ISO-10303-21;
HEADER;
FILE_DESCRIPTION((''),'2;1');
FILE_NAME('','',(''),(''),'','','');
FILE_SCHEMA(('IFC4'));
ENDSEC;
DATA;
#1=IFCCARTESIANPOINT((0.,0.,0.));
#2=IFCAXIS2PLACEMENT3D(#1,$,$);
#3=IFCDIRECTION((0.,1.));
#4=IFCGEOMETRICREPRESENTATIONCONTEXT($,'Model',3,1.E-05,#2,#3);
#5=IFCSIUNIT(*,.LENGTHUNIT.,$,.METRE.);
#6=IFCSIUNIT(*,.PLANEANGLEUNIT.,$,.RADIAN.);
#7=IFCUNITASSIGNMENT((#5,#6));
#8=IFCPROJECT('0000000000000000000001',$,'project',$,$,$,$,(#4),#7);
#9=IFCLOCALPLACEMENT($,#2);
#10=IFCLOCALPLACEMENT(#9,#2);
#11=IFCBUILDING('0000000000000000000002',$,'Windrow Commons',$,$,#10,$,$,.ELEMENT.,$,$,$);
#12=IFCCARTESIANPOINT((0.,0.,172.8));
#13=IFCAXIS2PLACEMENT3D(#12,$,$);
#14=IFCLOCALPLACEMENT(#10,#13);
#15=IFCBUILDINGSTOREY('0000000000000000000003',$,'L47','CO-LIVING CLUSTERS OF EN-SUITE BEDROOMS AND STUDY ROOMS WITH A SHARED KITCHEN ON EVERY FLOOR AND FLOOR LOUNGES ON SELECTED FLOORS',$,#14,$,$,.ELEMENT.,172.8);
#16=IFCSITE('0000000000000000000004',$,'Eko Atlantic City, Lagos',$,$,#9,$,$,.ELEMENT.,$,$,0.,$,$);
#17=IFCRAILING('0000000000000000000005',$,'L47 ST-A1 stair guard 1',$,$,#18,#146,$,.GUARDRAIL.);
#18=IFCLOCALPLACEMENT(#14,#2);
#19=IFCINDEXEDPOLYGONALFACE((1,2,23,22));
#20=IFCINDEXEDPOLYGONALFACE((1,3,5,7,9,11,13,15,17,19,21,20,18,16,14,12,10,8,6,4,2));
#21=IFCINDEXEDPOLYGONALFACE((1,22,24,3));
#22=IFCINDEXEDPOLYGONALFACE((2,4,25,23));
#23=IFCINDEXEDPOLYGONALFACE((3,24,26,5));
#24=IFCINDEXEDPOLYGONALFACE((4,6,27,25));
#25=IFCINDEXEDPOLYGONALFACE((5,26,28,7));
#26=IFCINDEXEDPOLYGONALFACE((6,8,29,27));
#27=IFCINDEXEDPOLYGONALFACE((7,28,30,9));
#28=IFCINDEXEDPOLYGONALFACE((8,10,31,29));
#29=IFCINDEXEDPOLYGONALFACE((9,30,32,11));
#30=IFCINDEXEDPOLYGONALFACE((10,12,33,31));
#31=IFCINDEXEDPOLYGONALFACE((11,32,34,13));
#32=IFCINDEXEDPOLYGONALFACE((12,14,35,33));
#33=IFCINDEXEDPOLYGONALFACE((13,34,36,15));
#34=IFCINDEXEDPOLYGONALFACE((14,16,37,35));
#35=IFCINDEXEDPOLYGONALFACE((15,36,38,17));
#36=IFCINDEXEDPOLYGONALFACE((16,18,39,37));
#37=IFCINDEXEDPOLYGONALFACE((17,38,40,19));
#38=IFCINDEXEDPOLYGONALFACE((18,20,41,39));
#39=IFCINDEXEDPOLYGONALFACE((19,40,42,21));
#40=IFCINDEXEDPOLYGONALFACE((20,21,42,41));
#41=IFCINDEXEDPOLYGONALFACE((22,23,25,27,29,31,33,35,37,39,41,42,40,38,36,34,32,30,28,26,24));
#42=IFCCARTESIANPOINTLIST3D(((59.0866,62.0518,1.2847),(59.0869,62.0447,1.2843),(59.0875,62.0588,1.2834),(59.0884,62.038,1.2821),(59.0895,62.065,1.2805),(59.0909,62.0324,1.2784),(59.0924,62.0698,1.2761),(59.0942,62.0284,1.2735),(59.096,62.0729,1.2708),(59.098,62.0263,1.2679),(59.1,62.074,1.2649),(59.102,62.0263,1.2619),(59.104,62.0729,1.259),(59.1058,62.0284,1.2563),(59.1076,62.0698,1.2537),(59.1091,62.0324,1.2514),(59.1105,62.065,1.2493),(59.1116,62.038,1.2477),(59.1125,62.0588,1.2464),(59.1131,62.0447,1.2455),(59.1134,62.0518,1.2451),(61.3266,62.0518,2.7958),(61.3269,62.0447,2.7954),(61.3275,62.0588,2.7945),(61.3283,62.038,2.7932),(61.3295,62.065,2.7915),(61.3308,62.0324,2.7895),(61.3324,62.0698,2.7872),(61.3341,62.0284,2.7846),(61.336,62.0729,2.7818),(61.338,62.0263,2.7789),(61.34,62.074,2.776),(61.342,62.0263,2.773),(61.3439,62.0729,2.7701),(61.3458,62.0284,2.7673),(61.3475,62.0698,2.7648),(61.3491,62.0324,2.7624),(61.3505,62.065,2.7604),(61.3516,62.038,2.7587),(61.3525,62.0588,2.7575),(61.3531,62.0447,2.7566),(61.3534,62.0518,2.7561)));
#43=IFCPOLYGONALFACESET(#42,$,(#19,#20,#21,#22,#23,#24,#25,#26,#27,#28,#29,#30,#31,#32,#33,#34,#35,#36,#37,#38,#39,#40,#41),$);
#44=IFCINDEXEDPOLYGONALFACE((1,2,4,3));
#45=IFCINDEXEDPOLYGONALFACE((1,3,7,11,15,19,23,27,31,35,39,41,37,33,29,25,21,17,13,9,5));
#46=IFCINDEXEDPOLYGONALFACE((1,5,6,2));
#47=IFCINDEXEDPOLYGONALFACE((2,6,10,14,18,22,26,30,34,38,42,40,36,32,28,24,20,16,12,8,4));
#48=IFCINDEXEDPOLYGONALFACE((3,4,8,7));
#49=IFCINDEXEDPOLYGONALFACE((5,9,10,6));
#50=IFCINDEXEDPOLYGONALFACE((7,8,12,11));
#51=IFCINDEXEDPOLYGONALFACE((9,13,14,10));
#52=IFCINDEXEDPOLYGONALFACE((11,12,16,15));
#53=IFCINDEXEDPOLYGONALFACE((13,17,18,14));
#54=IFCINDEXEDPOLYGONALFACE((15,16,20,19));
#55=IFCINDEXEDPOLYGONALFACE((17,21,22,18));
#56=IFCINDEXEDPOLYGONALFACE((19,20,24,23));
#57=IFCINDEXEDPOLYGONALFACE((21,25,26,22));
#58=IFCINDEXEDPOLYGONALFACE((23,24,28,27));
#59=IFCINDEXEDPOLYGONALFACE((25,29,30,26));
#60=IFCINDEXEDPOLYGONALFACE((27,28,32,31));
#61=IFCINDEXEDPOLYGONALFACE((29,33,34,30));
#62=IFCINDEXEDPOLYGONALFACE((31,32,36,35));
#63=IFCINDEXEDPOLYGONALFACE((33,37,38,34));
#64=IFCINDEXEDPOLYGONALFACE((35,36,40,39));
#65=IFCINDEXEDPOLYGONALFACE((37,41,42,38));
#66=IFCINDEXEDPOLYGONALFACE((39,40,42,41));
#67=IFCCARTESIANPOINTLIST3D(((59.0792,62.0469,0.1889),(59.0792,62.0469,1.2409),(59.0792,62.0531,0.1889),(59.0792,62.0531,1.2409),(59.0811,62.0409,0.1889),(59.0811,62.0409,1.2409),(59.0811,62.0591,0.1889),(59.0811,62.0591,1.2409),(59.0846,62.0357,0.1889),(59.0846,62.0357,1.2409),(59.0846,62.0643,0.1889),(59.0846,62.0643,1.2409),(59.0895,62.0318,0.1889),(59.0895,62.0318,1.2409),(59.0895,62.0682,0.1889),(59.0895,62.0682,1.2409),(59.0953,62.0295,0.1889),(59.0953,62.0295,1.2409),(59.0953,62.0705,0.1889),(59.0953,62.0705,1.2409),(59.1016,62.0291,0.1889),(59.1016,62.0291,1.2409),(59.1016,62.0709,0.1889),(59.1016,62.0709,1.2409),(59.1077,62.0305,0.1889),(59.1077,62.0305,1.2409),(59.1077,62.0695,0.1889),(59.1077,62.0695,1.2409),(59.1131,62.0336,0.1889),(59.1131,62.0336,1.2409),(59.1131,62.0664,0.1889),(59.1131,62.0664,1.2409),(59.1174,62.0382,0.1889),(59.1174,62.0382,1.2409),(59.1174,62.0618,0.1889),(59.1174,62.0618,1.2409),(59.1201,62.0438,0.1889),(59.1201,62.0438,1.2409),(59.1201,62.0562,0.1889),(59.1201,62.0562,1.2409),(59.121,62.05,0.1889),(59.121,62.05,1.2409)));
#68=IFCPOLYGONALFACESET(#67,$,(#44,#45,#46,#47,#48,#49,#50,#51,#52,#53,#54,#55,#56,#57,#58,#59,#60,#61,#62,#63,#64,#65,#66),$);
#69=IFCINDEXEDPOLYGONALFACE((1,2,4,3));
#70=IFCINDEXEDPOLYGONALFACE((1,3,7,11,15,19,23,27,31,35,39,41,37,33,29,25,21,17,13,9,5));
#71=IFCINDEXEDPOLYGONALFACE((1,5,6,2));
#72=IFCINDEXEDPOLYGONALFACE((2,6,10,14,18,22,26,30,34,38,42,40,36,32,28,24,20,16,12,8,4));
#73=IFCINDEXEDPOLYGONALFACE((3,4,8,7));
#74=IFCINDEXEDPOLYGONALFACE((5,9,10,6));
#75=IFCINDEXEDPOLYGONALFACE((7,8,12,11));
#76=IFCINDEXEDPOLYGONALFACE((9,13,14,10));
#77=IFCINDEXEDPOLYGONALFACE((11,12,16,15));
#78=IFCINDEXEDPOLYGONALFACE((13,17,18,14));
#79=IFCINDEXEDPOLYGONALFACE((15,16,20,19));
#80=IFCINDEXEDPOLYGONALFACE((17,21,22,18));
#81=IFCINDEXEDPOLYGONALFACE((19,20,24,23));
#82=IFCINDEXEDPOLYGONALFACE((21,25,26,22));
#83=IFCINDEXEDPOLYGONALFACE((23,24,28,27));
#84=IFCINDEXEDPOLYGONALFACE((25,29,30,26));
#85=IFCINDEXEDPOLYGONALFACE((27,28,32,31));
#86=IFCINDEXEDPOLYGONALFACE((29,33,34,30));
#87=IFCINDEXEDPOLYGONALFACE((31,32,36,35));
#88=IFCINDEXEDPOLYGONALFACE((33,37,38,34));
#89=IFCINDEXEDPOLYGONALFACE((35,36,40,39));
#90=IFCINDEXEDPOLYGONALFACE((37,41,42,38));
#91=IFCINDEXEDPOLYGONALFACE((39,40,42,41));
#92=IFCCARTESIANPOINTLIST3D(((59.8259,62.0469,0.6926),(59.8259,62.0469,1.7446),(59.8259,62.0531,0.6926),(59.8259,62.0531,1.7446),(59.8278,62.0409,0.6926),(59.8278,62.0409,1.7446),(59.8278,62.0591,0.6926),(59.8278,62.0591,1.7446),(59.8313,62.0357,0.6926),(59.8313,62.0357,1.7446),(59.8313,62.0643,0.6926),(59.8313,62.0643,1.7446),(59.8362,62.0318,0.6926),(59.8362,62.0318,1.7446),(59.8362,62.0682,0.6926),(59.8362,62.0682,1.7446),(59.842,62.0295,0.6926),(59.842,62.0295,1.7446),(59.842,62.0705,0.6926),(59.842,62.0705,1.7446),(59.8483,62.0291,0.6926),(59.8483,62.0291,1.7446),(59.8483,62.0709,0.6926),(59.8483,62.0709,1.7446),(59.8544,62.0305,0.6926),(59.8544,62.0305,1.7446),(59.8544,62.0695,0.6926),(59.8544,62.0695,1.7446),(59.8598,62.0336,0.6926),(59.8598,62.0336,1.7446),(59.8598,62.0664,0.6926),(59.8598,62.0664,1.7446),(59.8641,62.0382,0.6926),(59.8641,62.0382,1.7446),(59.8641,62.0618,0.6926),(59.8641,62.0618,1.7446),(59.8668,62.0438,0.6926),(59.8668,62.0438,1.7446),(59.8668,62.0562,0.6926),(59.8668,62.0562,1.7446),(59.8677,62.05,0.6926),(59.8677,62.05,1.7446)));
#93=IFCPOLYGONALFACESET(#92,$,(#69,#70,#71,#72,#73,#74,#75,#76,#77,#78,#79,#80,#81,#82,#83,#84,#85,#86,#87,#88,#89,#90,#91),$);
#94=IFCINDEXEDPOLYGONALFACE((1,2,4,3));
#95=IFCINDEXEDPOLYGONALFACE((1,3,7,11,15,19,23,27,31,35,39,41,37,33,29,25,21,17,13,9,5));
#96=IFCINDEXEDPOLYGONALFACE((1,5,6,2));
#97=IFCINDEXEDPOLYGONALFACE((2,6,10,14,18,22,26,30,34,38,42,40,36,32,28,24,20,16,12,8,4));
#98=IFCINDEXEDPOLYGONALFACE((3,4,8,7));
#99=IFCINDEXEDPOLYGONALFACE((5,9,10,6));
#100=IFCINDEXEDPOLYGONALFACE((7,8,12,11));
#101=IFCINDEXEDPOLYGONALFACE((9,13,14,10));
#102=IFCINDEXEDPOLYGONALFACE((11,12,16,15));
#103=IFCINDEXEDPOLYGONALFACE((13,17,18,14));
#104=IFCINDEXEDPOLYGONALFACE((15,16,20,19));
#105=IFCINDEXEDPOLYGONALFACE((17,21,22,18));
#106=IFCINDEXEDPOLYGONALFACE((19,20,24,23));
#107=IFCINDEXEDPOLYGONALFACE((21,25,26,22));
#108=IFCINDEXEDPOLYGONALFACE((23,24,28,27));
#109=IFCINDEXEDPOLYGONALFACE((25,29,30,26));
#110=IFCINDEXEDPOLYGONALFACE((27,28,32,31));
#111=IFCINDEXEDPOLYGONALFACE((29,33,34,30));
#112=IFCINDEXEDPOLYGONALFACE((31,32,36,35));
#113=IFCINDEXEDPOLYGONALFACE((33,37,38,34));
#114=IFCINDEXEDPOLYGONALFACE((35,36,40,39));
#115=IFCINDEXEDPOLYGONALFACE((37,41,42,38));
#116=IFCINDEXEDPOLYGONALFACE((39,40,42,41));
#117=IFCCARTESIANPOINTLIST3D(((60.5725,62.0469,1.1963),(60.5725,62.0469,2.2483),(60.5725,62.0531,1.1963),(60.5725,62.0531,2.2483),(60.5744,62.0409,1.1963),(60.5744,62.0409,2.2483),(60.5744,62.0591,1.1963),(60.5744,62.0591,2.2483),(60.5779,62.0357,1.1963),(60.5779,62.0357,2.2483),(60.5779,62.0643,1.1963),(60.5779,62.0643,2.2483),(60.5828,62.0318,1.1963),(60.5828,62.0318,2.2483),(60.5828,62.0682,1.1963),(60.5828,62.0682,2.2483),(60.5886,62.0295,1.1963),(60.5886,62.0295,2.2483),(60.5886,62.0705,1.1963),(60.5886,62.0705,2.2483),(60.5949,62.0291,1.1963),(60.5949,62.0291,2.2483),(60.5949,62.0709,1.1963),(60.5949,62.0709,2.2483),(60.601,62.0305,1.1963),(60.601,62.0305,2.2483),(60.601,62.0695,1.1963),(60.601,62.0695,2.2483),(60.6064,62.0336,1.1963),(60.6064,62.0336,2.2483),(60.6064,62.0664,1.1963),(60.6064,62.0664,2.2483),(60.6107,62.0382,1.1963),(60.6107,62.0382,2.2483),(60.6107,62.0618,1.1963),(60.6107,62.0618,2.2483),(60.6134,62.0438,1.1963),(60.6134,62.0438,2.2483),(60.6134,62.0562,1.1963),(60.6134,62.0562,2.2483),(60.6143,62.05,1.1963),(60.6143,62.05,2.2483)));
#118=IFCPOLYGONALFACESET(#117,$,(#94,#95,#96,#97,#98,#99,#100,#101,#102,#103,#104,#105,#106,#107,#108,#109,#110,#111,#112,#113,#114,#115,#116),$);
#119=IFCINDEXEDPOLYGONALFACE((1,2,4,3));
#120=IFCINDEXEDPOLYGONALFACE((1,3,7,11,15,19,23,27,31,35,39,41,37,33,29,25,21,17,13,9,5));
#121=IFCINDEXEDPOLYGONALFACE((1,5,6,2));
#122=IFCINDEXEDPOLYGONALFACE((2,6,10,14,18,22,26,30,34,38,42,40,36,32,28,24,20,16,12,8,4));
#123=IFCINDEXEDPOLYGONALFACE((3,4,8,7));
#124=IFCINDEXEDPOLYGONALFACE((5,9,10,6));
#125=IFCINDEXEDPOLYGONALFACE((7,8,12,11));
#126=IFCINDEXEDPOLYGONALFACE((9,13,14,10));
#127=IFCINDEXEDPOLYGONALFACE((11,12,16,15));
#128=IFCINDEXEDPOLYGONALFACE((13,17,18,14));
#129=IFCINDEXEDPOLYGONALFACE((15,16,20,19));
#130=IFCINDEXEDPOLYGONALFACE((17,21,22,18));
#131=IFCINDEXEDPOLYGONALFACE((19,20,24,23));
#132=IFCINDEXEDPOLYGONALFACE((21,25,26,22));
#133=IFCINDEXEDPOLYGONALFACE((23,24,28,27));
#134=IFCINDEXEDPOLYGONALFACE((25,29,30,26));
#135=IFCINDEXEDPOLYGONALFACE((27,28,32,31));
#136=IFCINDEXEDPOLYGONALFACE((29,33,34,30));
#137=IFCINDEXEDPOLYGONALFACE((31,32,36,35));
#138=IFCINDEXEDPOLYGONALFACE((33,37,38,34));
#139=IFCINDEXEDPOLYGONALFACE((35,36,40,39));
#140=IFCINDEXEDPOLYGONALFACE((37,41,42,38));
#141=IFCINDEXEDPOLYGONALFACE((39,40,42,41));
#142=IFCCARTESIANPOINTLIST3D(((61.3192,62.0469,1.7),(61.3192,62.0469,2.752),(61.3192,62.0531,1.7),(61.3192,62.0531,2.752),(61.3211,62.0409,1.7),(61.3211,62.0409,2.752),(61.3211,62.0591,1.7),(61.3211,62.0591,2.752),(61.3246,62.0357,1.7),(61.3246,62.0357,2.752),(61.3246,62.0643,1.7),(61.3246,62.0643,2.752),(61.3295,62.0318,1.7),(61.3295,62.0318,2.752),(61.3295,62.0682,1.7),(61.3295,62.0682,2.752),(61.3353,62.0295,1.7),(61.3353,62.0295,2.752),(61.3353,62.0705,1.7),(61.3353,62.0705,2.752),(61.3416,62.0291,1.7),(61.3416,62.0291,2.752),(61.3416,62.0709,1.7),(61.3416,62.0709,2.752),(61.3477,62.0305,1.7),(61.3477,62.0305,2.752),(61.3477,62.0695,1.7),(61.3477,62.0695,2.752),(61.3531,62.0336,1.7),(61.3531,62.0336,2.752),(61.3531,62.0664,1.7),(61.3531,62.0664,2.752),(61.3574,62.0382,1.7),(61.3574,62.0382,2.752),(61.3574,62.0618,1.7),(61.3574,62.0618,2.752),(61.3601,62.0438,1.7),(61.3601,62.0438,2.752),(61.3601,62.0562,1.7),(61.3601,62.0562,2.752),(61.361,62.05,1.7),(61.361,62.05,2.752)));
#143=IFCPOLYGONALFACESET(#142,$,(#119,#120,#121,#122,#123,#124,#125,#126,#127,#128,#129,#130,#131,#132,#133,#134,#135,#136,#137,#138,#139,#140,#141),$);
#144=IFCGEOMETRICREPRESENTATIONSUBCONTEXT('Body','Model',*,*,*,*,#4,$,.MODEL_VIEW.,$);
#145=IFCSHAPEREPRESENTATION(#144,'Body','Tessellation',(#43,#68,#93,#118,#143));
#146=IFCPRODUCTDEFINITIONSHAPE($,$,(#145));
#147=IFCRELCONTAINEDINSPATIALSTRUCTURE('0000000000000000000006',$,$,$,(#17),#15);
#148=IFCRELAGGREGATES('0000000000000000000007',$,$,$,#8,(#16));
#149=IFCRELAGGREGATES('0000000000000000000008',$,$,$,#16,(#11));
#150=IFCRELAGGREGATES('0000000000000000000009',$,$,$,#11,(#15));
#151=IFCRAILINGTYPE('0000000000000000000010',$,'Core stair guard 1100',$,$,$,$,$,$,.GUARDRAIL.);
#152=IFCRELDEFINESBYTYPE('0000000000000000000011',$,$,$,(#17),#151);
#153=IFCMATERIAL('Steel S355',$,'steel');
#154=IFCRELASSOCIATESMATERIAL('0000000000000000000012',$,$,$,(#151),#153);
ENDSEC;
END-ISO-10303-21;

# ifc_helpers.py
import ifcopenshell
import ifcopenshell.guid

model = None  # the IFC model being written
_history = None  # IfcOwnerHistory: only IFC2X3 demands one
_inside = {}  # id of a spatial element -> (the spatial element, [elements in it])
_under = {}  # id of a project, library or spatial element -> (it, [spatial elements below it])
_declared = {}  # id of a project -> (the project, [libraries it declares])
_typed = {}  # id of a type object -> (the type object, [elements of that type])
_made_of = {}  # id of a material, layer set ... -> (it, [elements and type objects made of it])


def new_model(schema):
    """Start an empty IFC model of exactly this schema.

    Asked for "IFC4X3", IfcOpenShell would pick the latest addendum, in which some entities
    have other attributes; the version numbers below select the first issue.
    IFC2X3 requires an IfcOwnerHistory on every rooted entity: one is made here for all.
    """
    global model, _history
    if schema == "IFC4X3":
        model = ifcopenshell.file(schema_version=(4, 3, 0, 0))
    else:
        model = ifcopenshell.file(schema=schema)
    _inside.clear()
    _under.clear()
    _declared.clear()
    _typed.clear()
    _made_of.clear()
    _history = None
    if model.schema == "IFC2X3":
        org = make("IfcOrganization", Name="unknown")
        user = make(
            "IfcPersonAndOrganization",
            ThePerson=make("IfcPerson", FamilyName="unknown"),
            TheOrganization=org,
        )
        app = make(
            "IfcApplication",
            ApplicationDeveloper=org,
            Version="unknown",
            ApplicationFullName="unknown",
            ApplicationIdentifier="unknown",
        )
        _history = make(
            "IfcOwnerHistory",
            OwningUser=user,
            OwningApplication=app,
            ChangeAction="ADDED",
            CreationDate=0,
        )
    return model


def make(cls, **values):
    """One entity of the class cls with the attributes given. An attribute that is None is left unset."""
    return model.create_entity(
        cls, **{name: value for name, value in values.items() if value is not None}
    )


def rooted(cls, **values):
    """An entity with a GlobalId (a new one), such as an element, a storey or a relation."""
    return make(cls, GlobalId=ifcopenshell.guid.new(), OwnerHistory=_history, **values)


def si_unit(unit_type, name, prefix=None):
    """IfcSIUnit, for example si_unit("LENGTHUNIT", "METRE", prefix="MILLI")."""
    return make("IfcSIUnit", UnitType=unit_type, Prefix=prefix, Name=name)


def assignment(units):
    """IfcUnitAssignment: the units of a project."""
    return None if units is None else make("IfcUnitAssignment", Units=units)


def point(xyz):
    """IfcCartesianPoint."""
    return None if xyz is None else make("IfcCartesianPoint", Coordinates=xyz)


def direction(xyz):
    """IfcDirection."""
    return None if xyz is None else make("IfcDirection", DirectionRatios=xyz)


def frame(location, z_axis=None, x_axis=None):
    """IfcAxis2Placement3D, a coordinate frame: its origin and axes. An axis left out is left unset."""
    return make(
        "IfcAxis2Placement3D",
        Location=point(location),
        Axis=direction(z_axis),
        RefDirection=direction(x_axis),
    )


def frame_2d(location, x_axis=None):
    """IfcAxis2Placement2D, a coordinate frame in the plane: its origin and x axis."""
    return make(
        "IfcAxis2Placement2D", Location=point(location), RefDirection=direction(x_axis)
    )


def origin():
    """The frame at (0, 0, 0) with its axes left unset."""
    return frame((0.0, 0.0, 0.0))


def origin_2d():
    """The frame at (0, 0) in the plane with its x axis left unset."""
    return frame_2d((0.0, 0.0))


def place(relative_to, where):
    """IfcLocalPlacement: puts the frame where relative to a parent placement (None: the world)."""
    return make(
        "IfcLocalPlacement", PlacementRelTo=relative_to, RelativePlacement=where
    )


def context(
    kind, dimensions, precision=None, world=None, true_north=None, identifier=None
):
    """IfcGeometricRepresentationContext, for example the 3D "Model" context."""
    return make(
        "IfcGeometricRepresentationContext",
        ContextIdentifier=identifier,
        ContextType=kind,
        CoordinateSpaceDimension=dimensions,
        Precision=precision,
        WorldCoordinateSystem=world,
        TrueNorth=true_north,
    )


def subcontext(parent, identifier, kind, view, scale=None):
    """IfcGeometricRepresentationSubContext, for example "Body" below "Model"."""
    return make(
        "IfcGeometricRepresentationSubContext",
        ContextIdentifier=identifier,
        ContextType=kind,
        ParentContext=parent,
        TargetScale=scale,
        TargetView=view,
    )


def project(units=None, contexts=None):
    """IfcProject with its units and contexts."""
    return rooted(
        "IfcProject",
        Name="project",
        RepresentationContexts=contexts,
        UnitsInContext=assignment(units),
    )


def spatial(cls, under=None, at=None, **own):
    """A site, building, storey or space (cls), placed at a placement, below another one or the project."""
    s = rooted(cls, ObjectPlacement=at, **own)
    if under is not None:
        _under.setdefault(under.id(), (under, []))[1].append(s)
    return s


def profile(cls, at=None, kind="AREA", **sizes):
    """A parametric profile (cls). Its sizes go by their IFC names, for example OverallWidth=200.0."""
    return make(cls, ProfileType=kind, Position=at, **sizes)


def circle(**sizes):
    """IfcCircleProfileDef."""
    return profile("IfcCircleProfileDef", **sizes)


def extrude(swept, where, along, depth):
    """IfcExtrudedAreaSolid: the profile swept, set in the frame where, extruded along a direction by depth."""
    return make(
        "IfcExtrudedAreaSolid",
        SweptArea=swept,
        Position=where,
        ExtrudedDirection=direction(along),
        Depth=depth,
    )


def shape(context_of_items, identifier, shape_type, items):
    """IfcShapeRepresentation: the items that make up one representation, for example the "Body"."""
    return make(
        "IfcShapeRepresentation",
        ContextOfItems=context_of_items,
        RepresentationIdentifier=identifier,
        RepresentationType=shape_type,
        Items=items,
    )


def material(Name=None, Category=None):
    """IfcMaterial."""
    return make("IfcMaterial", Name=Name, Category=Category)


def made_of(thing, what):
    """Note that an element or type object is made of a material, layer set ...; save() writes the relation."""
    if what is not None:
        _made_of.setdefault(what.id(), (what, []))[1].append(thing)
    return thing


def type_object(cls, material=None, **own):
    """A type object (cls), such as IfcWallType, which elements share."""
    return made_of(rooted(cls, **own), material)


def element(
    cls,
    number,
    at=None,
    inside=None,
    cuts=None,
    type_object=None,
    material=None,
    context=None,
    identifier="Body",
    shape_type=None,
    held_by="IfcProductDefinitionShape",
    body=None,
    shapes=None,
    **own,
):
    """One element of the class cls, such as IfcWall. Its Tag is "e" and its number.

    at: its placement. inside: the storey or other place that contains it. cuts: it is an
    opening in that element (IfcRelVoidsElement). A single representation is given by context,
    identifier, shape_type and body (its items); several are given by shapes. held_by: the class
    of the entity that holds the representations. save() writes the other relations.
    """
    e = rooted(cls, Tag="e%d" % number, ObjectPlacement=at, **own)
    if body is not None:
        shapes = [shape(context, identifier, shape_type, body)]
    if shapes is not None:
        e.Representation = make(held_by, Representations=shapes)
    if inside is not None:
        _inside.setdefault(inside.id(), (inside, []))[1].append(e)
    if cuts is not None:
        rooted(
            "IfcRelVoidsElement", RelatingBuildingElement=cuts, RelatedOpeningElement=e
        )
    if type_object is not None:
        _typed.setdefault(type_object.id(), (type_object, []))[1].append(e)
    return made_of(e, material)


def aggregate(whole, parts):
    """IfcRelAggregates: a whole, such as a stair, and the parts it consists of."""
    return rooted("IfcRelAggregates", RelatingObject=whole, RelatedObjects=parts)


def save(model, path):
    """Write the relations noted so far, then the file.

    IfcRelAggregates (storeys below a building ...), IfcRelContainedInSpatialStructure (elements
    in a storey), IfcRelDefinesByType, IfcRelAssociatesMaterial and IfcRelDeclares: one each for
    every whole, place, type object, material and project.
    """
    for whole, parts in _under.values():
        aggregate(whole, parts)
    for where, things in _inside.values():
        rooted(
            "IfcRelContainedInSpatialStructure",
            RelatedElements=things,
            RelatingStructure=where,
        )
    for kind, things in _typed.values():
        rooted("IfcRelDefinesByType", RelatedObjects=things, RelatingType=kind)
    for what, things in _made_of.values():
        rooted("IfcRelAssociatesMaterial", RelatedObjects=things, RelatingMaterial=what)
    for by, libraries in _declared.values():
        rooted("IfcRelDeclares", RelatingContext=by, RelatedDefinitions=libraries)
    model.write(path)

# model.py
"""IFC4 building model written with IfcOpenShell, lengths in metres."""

from ifc_helpers import new_model, si_unit, direction, frame, origin, origin_2d, place, context, subcontext, project, spatial, circle, extrude, material, type_object, element, save


model = new_model("IFC4")

# Units and contexts
model_context = context("Model", 3, precision=1e-05, world=origin(), true_north=direction((0.0, 1.0)))
body_context = subcontext(model_context, "Body", "Model", "MODEL_VIEW")
ifc_project = project(units=[si_unit("LENGTHUNIT", "METRE"), si_unit("PLANEANGLEUNIT", "RADIAN")], contexts=[model_context])

# Site, building, storey
site_placement = place(None, origin())
site = spatial("IfcSite", under=ifc_project, at=site_placement, Name="Eko Atlantic City, Lagos", CompositionType="ELEMENT", RefElevation=0.0)
building_placement = place(site_placement, origin())
building = spatial("IfcBuilding", under=site, at=building_placement, Name="Windrow Commons", CompositionType="ELEMENT")
storey_placement = place(building_placement, frame((0.0, 0.0, 172.8)))
storey = spatial("IfcBuildingStorey", under=building, at=storey_placement, Name="L47", Description="CO-LIVING CLUSTERS OF EN-SUITE BEDROOMS AND STUDY ROOMS WITH A SHARED KITCHEN ON EVERY FLOOR AND FLOOR LOUNGES ON SELECTED FLOORS", CompositionType="ELEMENT", Elevation=172.8)

# Railing
ifc_material_1 = material(Name="Steel S355", Category="steel")
railing_type_1 = type_object("IfcRailingType", Name="Core stair guard 1100", PredefinedType="GUARDRAIL", material=ifc_material_1)
railing_1_placement = place(storey_placement, frame((59.1, 62.05, 0.1889)))
element("IfcRailing", 1, at=railing_1_placement, inside=storey, type_object=railing_type_1, Name="L47 ST-A1 stair guard 1", PredefinedType="GUARDRAIL", context=body_context, shape_type="SweptSolid", body=[
    extrude(circle(Radius=0.024, at=origin_2d()), frame((0.0, 0.0, 1.076), z_axis=(0.829003, 0.0, 0.559244), x_axis=(0.0, 1.0, 0.0)), (0.0, 0.0, 1.0), 2.702),
    extrude(circle(Radius=0.021, at=origin_2d()), origin(), (0.0, 0.0, 1.0), 1.052),
    extrude(circle(Radius=0.021, at=origin_2d()), frame((0.7467, 0.0, 0.5037)), (0.0, 0.0, 1.0), 1.052),
    extrude(circle(Radius=0.021, at=origin_2d()), frame((1.4933, 0.0, 1.0074)), (0.0, 0.0, 1.0), 1.052),
    extrude(circle(Radius=0.021, at=origin_2d()), frame((2.24, 0.0, 1.5111)), (0.0, 0.0, 1.0), 1.052),
])

save(model, "model.ifc")
